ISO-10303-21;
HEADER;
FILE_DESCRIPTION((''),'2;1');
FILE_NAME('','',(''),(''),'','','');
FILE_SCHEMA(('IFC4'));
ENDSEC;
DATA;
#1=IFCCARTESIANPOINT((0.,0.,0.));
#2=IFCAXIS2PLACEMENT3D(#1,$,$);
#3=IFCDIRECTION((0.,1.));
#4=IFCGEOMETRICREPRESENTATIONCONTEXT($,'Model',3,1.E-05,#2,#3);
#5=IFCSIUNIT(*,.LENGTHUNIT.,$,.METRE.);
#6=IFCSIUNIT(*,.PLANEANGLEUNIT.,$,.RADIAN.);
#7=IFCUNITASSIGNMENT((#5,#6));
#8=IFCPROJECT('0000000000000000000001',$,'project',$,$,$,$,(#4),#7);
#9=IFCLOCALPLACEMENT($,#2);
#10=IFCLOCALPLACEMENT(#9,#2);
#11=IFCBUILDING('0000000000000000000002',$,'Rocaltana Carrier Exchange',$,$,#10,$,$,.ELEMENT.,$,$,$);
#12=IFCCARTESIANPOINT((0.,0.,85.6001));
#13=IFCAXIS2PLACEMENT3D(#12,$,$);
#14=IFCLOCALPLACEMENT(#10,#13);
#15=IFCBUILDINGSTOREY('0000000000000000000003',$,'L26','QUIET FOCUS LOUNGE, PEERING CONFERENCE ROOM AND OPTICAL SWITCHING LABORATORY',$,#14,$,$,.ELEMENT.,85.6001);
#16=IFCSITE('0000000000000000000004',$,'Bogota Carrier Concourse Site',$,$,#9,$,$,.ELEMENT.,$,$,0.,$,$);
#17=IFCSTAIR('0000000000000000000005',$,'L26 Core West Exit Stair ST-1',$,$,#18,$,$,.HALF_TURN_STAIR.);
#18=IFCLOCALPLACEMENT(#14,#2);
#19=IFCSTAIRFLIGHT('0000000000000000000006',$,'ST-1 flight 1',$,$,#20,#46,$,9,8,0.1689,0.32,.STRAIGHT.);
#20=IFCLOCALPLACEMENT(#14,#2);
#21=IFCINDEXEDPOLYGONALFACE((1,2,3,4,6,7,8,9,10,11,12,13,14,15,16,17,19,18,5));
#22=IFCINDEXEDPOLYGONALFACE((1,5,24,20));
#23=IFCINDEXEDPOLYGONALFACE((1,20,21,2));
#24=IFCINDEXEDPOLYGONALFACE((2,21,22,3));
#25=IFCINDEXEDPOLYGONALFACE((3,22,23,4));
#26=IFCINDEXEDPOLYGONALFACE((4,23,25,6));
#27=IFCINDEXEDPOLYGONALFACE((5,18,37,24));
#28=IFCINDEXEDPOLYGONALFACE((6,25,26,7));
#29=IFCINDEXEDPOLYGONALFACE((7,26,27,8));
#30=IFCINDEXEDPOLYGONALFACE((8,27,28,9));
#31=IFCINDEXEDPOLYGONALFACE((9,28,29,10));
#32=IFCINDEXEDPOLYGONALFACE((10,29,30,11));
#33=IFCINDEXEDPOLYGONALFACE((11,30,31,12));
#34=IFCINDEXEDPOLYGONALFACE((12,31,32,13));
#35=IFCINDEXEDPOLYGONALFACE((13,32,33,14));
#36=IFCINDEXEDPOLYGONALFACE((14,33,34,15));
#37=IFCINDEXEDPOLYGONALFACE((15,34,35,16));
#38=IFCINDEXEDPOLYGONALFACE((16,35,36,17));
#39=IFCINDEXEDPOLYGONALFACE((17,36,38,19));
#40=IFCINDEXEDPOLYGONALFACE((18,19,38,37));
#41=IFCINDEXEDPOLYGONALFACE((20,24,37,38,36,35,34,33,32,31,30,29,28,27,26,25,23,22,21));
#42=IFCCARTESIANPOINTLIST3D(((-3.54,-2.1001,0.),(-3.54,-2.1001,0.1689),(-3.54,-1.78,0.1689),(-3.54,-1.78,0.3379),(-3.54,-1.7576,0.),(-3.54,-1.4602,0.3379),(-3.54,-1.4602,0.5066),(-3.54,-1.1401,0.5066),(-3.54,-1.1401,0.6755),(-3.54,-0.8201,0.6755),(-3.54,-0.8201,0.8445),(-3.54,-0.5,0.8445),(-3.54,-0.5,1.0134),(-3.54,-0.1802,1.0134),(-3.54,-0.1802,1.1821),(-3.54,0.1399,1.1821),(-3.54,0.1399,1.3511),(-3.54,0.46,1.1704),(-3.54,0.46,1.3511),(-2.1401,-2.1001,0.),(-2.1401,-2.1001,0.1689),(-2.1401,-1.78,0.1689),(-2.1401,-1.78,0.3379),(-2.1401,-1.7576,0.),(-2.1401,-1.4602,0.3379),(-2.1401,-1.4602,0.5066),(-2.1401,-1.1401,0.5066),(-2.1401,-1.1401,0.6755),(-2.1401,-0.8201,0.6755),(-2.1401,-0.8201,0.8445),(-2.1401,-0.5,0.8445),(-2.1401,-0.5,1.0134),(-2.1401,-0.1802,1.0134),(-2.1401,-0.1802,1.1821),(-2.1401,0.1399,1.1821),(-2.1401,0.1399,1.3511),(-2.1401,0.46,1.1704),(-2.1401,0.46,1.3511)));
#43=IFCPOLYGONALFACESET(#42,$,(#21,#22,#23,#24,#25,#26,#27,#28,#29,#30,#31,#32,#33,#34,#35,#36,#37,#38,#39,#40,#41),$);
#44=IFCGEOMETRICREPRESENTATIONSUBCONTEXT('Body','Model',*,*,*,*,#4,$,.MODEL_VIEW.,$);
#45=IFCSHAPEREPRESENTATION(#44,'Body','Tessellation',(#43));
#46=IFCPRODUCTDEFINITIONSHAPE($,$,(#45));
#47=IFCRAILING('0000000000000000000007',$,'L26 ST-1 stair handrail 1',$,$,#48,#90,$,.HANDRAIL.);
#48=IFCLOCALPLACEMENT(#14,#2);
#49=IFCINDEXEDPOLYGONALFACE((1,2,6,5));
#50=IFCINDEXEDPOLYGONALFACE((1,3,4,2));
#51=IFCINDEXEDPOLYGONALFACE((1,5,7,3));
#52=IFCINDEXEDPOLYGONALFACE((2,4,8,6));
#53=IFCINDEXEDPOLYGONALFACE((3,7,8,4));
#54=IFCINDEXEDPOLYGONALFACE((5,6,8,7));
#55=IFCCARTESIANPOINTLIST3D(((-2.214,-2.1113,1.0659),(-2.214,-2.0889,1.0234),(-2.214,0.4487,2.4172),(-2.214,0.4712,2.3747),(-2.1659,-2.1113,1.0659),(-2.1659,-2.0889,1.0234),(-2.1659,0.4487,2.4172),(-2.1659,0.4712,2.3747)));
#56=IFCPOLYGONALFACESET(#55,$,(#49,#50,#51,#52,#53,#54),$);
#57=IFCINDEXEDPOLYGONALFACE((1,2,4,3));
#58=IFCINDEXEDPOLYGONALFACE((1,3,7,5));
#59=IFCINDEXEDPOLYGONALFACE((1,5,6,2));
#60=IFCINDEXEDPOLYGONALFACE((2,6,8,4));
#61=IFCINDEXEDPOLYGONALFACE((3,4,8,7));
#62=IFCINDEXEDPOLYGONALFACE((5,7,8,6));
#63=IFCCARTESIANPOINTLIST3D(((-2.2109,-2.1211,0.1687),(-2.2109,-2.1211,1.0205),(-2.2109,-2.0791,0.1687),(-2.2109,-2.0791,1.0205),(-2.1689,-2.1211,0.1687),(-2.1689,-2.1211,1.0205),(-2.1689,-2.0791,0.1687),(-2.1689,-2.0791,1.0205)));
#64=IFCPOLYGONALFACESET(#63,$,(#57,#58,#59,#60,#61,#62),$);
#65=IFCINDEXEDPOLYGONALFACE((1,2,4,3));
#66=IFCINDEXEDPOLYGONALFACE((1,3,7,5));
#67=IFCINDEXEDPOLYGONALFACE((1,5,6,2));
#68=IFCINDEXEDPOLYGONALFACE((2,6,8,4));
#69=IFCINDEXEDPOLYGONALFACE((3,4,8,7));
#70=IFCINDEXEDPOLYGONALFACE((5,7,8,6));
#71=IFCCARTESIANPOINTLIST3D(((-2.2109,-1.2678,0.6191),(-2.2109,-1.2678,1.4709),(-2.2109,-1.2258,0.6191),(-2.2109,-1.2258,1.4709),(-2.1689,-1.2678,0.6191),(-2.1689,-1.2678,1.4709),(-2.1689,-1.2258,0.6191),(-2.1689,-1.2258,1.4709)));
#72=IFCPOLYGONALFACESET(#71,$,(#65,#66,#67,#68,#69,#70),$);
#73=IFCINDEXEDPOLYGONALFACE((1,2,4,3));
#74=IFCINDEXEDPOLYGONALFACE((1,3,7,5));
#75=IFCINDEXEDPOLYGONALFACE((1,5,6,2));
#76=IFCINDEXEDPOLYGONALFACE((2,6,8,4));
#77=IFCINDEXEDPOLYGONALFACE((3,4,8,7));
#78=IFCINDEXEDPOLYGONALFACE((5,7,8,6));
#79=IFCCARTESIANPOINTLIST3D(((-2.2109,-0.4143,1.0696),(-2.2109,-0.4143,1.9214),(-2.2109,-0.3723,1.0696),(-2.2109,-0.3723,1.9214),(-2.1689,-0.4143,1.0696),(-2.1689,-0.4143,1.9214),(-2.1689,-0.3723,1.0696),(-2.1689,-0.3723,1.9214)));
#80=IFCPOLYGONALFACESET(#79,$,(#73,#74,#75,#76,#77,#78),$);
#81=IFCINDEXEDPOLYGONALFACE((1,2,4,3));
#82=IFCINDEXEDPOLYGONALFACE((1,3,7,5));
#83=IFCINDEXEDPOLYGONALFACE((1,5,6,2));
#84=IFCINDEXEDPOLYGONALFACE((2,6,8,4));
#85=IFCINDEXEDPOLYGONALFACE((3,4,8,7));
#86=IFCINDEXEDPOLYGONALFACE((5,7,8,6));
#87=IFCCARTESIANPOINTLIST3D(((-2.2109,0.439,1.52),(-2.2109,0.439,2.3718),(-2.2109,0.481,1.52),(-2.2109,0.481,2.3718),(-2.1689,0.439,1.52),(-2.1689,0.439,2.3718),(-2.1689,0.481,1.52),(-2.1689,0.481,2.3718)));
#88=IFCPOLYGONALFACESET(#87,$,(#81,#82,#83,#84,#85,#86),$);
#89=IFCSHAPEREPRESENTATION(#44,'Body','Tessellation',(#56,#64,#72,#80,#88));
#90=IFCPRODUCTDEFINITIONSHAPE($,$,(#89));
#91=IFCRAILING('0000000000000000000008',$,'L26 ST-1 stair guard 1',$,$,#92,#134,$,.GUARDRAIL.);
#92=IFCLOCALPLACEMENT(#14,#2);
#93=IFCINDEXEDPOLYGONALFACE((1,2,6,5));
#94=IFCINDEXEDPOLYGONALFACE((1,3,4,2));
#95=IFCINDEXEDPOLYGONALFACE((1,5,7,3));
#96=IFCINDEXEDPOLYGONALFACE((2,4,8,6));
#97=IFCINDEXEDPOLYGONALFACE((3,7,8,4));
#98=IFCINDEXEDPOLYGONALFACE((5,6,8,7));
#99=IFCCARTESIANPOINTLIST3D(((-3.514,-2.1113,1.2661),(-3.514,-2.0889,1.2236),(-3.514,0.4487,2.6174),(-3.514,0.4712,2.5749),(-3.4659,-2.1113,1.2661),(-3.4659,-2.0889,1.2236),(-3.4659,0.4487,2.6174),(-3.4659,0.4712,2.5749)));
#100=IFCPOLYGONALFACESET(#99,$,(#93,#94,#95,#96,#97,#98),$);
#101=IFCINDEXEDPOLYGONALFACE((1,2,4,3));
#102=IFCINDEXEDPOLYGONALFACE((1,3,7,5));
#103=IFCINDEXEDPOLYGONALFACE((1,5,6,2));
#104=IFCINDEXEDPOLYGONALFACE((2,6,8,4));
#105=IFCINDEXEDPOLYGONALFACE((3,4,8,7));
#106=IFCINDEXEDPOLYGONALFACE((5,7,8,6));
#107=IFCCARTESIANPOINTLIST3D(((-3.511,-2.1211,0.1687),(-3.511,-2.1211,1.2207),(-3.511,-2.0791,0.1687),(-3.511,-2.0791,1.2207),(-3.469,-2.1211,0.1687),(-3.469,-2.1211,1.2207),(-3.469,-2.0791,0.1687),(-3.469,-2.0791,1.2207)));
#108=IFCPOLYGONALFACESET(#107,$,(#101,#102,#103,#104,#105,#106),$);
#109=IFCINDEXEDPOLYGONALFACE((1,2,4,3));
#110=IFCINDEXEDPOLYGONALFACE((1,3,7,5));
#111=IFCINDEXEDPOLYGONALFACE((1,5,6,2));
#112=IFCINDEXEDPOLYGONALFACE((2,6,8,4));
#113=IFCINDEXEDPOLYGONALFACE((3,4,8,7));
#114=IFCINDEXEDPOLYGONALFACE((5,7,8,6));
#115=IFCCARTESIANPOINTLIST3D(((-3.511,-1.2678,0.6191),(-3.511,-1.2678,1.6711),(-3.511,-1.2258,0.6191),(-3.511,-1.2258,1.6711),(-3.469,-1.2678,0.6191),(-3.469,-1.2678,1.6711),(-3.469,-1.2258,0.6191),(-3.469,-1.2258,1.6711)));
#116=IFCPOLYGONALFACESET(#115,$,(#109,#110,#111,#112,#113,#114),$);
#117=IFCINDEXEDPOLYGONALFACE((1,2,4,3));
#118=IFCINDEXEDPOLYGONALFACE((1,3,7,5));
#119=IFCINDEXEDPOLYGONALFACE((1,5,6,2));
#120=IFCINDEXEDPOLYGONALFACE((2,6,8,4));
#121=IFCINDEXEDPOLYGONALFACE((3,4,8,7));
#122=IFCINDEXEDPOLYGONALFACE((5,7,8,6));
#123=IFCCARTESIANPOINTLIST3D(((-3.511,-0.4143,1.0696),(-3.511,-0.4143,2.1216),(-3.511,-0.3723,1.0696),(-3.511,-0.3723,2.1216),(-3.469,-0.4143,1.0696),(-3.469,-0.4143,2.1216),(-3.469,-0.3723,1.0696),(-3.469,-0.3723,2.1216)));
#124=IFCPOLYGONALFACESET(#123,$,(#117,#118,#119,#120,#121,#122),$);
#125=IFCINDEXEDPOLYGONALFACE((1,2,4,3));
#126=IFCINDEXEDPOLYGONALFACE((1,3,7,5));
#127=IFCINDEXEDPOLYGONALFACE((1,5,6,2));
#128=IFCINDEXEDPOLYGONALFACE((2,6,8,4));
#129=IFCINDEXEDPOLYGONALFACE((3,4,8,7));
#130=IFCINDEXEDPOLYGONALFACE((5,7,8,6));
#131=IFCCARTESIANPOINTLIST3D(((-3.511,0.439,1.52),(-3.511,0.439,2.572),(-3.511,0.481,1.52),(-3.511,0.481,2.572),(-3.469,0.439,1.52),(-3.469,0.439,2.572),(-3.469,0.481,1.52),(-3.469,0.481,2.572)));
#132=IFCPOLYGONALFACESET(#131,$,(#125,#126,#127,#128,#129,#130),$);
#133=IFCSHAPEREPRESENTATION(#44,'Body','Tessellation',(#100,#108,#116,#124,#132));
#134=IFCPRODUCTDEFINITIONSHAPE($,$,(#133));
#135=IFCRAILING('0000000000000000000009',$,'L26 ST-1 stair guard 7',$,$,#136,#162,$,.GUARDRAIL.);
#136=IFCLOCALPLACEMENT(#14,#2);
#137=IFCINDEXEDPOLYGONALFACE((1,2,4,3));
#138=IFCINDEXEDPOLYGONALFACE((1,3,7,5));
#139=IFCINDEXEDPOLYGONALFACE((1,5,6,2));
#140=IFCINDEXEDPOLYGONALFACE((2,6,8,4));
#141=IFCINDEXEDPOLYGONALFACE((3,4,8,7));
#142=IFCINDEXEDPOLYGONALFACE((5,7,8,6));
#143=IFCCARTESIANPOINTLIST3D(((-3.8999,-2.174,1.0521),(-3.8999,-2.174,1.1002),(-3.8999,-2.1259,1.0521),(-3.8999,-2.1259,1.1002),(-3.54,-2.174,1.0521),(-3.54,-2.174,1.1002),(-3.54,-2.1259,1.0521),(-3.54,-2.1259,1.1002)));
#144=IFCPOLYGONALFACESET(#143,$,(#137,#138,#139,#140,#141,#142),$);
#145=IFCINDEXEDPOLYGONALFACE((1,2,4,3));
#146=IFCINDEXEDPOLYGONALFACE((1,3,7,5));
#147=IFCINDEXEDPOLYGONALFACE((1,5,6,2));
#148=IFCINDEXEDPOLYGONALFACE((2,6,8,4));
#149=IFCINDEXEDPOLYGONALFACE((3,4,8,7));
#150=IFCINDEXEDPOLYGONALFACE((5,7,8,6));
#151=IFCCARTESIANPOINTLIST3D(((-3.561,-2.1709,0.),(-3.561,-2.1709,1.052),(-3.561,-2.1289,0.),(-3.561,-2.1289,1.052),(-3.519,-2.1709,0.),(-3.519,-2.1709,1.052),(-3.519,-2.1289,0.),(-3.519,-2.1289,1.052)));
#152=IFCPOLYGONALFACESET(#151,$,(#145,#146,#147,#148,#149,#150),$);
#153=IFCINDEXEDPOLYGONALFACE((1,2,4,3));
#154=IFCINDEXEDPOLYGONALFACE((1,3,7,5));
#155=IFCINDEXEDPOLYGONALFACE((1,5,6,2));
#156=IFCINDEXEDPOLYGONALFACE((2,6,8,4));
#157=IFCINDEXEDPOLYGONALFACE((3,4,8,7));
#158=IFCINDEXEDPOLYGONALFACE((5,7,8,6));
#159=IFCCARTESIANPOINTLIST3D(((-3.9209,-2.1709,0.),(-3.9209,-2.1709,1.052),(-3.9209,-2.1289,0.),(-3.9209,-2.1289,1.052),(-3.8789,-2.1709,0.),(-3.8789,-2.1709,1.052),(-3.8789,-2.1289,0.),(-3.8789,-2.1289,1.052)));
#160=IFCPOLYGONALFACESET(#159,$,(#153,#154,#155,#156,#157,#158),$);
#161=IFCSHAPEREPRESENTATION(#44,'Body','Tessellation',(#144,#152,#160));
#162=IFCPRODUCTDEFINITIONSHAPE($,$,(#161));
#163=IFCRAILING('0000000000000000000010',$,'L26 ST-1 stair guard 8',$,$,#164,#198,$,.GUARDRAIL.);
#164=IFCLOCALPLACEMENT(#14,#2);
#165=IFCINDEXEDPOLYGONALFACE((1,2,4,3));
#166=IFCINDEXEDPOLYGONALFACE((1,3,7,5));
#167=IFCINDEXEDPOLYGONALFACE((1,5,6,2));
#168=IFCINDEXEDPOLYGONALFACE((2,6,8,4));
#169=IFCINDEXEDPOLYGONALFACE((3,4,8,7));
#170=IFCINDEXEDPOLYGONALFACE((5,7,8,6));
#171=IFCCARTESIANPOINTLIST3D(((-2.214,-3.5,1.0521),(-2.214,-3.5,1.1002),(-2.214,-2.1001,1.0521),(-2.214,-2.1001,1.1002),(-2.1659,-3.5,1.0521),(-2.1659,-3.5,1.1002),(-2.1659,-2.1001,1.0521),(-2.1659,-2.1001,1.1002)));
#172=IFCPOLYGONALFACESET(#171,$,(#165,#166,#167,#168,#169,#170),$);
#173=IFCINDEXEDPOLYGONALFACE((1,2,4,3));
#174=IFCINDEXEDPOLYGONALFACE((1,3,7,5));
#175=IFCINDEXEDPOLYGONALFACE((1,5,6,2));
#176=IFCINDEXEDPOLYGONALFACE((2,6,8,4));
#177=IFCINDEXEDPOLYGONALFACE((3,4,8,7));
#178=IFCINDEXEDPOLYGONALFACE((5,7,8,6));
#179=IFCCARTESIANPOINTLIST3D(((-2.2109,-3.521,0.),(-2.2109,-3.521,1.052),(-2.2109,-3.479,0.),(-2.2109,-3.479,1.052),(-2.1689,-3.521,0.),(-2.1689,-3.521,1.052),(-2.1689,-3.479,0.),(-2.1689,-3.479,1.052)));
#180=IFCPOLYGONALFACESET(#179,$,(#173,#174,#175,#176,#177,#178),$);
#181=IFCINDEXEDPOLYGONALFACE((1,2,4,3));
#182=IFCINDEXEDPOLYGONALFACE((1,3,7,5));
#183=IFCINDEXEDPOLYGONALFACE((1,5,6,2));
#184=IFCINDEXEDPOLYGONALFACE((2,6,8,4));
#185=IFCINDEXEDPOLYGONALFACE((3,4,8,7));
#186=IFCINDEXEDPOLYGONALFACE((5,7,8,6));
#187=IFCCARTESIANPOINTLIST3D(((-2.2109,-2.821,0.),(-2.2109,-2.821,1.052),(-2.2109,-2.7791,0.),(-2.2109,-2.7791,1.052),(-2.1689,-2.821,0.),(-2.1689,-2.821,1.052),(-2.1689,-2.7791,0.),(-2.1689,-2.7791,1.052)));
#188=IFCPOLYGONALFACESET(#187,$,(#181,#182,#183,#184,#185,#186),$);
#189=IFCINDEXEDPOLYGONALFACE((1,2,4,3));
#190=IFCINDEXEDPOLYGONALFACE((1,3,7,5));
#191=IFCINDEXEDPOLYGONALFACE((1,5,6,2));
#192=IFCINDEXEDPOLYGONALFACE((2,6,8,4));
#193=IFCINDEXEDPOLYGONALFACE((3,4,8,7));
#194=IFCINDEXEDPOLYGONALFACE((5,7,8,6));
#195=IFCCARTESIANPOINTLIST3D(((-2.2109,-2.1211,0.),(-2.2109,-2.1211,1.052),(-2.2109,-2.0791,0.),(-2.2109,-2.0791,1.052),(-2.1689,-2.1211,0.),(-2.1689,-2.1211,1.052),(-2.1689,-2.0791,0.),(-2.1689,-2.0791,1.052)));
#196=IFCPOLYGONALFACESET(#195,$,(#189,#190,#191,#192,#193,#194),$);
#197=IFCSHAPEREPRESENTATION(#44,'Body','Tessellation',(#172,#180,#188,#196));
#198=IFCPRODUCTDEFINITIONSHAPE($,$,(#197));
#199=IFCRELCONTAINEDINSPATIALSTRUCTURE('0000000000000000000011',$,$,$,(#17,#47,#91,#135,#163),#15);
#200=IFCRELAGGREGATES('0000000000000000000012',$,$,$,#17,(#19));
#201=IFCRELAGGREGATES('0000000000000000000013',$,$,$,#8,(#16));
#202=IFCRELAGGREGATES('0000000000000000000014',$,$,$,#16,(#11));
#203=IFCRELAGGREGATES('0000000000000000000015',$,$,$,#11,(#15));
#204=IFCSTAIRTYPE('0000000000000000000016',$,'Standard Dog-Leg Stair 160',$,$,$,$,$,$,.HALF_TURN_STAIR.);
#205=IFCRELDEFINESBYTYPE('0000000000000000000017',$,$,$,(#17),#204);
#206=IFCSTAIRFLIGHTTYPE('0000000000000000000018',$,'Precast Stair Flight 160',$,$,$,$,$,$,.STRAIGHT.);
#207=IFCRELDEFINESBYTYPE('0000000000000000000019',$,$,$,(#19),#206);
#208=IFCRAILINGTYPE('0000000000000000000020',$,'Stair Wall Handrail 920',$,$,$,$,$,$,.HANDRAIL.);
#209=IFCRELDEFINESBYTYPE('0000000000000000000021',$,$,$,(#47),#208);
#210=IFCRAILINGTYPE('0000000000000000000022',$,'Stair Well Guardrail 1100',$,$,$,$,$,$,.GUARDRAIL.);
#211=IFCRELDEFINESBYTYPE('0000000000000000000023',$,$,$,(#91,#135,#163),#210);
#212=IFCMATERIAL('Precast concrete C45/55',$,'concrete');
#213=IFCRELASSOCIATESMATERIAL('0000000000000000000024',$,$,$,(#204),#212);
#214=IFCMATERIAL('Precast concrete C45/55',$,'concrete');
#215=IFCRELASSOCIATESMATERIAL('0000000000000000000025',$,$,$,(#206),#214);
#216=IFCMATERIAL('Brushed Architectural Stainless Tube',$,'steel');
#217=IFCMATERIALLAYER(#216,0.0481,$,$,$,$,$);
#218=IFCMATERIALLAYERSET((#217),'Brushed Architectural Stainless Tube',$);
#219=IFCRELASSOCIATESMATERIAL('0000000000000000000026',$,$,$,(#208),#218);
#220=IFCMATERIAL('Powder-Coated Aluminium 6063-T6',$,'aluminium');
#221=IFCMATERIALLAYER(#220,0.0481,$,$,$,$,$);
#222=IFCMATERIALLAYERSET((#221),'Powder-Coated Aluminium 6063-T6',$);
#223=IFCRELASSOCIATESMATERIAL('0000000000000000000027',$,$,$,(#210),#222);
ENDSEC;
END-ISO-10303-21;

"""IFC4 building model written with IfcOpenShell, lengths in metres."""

from ifc_helpers import new_model, si_unit, direction, frame, origin, origin_2d, place, context, subcontext, project, spatial, polyline, rectangle, outline, extrude, material, layer, layer_set, type_object, element, aggregate, save


model = new_model("IFC4")

# Units and contexts
model_context = context("Model", 3, precision=1e-05, world=origin(), true_north=direction((0.0, 1.0)))
body_context = subcontext(model_context, "Body", "Model", "MODEL_VIEW")
ifc_project = project(units=[si_unit("LENGTHUNIT", "METRE"), si_unit("PLANEANGLEUNIT", "RADIAN")], contexts=[model_context])

# Site, building, storey
site_placement = place(None, origin())
site = spatial("IfcSite", under=ifc_project, at=site_placement, Name="Bogota Carrier Concourse Site", CompositionType="ELEMENT", RefElevation=0.0)
building_placement = place(site_placement, origin())
building = spatial("IfcBuilding", under=site, at=building_placement, Name="Rocaltana Carrier Exchange", CompositionType="ELEMENT")
storey_placement = place(building_placement, frame((0.0, 0.0, 85.6001)))
storey = spatial("IfcBuildingStorey", under=building, at=storey_placement, Name="L26", Description="QUIET FOCUS LOUNGE, PEERING CONFERENCE ROOM AND OPTICAL SWITCHING LABORATORY", CompositionType="ELEMENT", Elevation=85.6001)

# Stair, stair flight
ifc_material_1 = material(Name="Precast concrete C45/55", Category="concrete")
stair_type = type_object("IfcStairType", Name="Standard Dog-Leg Stair 160", PredefinedType="HALF_TURN_STAIR", material=ifc_material_1)
stair_placement = place(storey_placement, origin())
stair = element("IfcStair", 1, at=stair_placement, inside=storey, type_object=stair_type, Name="L26 Core West Exit Stair ST-1", PredefinedType="HALF_TURN_STAIR")
ifc_material_2 = material(Name="Precast concrete C45/55", Category="concrete")
stair_flight_type = type_object("IfcStairFlightType", Name="Precast Stair Flight 160", PredefinedType="STRAIGHT", material=ifc_material_2)
stair_flight_placement = place(storey_placement, frame((-2.8401, -2.1001, 0.0), z_axis=(0.0, 0.0, 1.0), x_axis=(0.0, 1.0, 0.0)))
stair_flight = element("IfcStairFlight", 2, at=stair_flight_placement, type_object=stair_flight_type, Name="ST-1 flight 1", NumberOfRisers=9, NumberOfTreads=8, PredefinedType="STRAIGHT", RiserHeight=0.1689, TreadLength=0.32, context=body_context, shape_type="SweptSolid", body=[
    extrude(outline(polyline([(0.0, 0.0), (0.0, 0.1689), (0.3201, 0.1689), (0.3201, 0.3379), (0.6399, 0.3379), (0.6399, 0.5066), (0.96, 0.5066), (0.96, 0.6755), (1.28, 0.6755), (1.28, 0.8445), (1.6001, 0.8445), (1.6001, 1.0134), (1.9199, 1.0134), (1.9199, 1.1821), (2.24, 1.1821), (2.24, 1.3511), (2.5601, 1.3511), (2.5601, 1.52), (2.5601, 1.1704), (0.3425, 0.0), (0.0, 0.0)])), frame((0.0, 0.7, 0.0), z_axis=(0.0, -1.0, 0.0), x_axis=(1.0, 0.0, 0.0)), (0.0, 0.0, 1.0), 1.3999),
])
aggregate(stair, [stair_flight])

# Railings
ifc_material_3 = material(Name="Brushed Architectural Stainless Tube", Category="steel")
ifc_layer_1 = layer(ifc_material_3, 0.0481)
ifc_layer_set_1 = layer_set([ifc_layer_1], Name="Brushed Architectural Stainless Tube")
railing_type_1 = type_object("IfcRailingType", Name="Stair Wall Handrail 920", PredefinedType="HANDRAIL", material=ifc_layer_set_1)
railing_1_placement = place(storey_placement, frame((-2.1899, -2.1001, 0.1687)))
element("IfcRailing", 3, at=railing_1_placement, inside=storey, type_object=railing_type_1, Name="L26 ST-1 stair handrail 1", PredefinedType="HANDRAIL", context=body_context, shape_type="SweptSolid", body=[
    extrude(rectangle(XDim=0.0481, YDim=0.0481, at=origin_2d()), frame((0.0, 0.0, 0.876), z_axis=(0.0, 0.88436, 0.466806), x_axis=(-1.0, 0.0, 0.0)), (0.0, 0.0, 1.0), 2.8948),
    extrude(rectangle(XDim=0.042, YDim=0.042, at=origin_2d()), origin(), (0.0, 0.0, 1.0), 0.8518),
    extrude(rectangle(XDim=0.042, YDim=0.042, at=origin_2d()), frame((0.0, 0.8533, 0.4504)), (0.0, 0.0, 1.0), 0.8518),
    extrude(rectangle(XDim=0.042, YDim=0.042, at=origin_2d()), frame((0.0, 1.7068, 0.9009)), (0.0, 0.0, 1.0), 0.8518),
    extrude(rectangle(XDim=0.042, YDim=0.042, at=origin_2d()), frame((0.0, 2.5601, 1.3513)), (0.0, 0.0, 1.0), 0.8518),
])
ifc_material_4 = material(Name="Powder-Coated Aluminium 6063-T6", Category="aluminium")
ifc_layer_2 = layer(ifc_material_4, 0.0481)
ifc_layer_set_2 = layer_set([ifc_layer_2], Name="Powder-Coated Aluminium 6063-T6")
railing_type_2 = type_object("IfcRailingType", Name="Stair Well Guardrail 1100", PredefinedType="GUARDRAIL", material=ifc_layer_set_2)
railing_2_placement = place(storey_placement, frame((-3.49, -2.1001, 0.1687)))
element("IfcRailing", 4, at=railing_2_placement, inside=storey, type_object=railing_type_2, Name="L26 ST-1 stair guard 1", PredefinedType="GUARDRAIL", context=body_context, shape_type="SweptSolid", body=[
    extrude(rectangle(XDim=0.0481, YDim=0.0481, at=origin_2d()), frame((0.0, 0.0, 1.0762), z_axis=(0.0, 0.88436, 0.466806), x_axis=(-1.0, 0.0, 0.0)), (0.0, 0.0, 1.0), 2.8948),
    extrude(rectangle(XDim=0.042, YDim=0.042, at=origin_2d()), origin(), (0.0, 0.0, 1.0), 1.052),
    extrude(rectangle(XDim=0.042, YDim=0.042, at=origin_2d()), frame((0.0, 0.8533, 0.4504)), (0.0, 0.0, 1.0), 1.052),
    extrude(rectangle(XDim=0.042, YDim=0.042, at=origin_2d()), frame((0.0, 1.7068, 0.9009)), (0.0, 0.0, 1.0), 1.052),
    extrude(rectangle(XDim=0.042, YDim=0.042, at=origin_2d()), frame((0.0, 2.5601, 1.3513)), (0.0, 0.0, 1.0), 1.052),
])
railing_3_placement = place(storey_placement, frame((-3.54, -2.1499, 0.0)))
element("IfcRailing", 5, at=railing_3_placement, inside=storey, type_object=railing_type_2, Name="L26 ST-1 stair guard 7", PredefinedType="GUARDRAIL", context=body_context, shape_type="SweptSolid", body=[
    extrude(rectangle(XDim=0.0481, YDim=0.0481, at=origin_2d()), frame((0.0, 0.0, 1.0762), z_axis=(-1.0, 0.0, 0.0), x_axis=(0.0, -1.0, 0.0)), (0.0, 0.0, 1.0), 0.3599),
    extrude(rectangle(XDim=0.042, YDim=0.042, at=origin_2d()), origin(), (0.0, 0.0, 1.0), 1.052),
    extrude(rectangle(XDim=0.042, YDim=0.042, at=origin_2d()), frame((-0.3599, 0.0, 0.0)), (0.0, 0.0, 1.0), 1.052),
])
for number, where, name in (
    (6, (-2.1899, -3.5, 0.0), "L26 ST-1 stair guard 8"),
):
    element("IfcRailing", number, at=place(storey_placement, frame(where)), inside=storey, type_object=railing_type_2, Name=name, PredefinedType="GUARDRAIL", context=body_context, shape_type="SweptSolid", body=[
        extrude(rectangle(XDim=0.0481, YDim=0.0481, at=origin_2d()), frame((0.0, 0.0, 1.0762), z_axis=(0.0, 1.0, 0.0), x_axis=(-1.0, 0.0, 0.0)), (0.0, 0.0, 1.0), 1.3999),
        extrude(rectangle(XDim=0.042, YDim=0.042, at=origin_2d()), origin(), (0.0, 0.0, 1.0), 1.052),
        extrude(rectangle(XDim=0.042, YDim=0.042, at=origin_2d()), frame((0.0, 0.7, 0.0)), (0.0, 0.0, 1.0), 1.052),
        extrude(rectangle(XDim=0.042, YDim=0.042, at=origin_2d()), frame((0.0, 1.3999, 0.0)), (0.0, 0.0, 1.0), 1.052),
    ])

save(model, "model.ifc")
